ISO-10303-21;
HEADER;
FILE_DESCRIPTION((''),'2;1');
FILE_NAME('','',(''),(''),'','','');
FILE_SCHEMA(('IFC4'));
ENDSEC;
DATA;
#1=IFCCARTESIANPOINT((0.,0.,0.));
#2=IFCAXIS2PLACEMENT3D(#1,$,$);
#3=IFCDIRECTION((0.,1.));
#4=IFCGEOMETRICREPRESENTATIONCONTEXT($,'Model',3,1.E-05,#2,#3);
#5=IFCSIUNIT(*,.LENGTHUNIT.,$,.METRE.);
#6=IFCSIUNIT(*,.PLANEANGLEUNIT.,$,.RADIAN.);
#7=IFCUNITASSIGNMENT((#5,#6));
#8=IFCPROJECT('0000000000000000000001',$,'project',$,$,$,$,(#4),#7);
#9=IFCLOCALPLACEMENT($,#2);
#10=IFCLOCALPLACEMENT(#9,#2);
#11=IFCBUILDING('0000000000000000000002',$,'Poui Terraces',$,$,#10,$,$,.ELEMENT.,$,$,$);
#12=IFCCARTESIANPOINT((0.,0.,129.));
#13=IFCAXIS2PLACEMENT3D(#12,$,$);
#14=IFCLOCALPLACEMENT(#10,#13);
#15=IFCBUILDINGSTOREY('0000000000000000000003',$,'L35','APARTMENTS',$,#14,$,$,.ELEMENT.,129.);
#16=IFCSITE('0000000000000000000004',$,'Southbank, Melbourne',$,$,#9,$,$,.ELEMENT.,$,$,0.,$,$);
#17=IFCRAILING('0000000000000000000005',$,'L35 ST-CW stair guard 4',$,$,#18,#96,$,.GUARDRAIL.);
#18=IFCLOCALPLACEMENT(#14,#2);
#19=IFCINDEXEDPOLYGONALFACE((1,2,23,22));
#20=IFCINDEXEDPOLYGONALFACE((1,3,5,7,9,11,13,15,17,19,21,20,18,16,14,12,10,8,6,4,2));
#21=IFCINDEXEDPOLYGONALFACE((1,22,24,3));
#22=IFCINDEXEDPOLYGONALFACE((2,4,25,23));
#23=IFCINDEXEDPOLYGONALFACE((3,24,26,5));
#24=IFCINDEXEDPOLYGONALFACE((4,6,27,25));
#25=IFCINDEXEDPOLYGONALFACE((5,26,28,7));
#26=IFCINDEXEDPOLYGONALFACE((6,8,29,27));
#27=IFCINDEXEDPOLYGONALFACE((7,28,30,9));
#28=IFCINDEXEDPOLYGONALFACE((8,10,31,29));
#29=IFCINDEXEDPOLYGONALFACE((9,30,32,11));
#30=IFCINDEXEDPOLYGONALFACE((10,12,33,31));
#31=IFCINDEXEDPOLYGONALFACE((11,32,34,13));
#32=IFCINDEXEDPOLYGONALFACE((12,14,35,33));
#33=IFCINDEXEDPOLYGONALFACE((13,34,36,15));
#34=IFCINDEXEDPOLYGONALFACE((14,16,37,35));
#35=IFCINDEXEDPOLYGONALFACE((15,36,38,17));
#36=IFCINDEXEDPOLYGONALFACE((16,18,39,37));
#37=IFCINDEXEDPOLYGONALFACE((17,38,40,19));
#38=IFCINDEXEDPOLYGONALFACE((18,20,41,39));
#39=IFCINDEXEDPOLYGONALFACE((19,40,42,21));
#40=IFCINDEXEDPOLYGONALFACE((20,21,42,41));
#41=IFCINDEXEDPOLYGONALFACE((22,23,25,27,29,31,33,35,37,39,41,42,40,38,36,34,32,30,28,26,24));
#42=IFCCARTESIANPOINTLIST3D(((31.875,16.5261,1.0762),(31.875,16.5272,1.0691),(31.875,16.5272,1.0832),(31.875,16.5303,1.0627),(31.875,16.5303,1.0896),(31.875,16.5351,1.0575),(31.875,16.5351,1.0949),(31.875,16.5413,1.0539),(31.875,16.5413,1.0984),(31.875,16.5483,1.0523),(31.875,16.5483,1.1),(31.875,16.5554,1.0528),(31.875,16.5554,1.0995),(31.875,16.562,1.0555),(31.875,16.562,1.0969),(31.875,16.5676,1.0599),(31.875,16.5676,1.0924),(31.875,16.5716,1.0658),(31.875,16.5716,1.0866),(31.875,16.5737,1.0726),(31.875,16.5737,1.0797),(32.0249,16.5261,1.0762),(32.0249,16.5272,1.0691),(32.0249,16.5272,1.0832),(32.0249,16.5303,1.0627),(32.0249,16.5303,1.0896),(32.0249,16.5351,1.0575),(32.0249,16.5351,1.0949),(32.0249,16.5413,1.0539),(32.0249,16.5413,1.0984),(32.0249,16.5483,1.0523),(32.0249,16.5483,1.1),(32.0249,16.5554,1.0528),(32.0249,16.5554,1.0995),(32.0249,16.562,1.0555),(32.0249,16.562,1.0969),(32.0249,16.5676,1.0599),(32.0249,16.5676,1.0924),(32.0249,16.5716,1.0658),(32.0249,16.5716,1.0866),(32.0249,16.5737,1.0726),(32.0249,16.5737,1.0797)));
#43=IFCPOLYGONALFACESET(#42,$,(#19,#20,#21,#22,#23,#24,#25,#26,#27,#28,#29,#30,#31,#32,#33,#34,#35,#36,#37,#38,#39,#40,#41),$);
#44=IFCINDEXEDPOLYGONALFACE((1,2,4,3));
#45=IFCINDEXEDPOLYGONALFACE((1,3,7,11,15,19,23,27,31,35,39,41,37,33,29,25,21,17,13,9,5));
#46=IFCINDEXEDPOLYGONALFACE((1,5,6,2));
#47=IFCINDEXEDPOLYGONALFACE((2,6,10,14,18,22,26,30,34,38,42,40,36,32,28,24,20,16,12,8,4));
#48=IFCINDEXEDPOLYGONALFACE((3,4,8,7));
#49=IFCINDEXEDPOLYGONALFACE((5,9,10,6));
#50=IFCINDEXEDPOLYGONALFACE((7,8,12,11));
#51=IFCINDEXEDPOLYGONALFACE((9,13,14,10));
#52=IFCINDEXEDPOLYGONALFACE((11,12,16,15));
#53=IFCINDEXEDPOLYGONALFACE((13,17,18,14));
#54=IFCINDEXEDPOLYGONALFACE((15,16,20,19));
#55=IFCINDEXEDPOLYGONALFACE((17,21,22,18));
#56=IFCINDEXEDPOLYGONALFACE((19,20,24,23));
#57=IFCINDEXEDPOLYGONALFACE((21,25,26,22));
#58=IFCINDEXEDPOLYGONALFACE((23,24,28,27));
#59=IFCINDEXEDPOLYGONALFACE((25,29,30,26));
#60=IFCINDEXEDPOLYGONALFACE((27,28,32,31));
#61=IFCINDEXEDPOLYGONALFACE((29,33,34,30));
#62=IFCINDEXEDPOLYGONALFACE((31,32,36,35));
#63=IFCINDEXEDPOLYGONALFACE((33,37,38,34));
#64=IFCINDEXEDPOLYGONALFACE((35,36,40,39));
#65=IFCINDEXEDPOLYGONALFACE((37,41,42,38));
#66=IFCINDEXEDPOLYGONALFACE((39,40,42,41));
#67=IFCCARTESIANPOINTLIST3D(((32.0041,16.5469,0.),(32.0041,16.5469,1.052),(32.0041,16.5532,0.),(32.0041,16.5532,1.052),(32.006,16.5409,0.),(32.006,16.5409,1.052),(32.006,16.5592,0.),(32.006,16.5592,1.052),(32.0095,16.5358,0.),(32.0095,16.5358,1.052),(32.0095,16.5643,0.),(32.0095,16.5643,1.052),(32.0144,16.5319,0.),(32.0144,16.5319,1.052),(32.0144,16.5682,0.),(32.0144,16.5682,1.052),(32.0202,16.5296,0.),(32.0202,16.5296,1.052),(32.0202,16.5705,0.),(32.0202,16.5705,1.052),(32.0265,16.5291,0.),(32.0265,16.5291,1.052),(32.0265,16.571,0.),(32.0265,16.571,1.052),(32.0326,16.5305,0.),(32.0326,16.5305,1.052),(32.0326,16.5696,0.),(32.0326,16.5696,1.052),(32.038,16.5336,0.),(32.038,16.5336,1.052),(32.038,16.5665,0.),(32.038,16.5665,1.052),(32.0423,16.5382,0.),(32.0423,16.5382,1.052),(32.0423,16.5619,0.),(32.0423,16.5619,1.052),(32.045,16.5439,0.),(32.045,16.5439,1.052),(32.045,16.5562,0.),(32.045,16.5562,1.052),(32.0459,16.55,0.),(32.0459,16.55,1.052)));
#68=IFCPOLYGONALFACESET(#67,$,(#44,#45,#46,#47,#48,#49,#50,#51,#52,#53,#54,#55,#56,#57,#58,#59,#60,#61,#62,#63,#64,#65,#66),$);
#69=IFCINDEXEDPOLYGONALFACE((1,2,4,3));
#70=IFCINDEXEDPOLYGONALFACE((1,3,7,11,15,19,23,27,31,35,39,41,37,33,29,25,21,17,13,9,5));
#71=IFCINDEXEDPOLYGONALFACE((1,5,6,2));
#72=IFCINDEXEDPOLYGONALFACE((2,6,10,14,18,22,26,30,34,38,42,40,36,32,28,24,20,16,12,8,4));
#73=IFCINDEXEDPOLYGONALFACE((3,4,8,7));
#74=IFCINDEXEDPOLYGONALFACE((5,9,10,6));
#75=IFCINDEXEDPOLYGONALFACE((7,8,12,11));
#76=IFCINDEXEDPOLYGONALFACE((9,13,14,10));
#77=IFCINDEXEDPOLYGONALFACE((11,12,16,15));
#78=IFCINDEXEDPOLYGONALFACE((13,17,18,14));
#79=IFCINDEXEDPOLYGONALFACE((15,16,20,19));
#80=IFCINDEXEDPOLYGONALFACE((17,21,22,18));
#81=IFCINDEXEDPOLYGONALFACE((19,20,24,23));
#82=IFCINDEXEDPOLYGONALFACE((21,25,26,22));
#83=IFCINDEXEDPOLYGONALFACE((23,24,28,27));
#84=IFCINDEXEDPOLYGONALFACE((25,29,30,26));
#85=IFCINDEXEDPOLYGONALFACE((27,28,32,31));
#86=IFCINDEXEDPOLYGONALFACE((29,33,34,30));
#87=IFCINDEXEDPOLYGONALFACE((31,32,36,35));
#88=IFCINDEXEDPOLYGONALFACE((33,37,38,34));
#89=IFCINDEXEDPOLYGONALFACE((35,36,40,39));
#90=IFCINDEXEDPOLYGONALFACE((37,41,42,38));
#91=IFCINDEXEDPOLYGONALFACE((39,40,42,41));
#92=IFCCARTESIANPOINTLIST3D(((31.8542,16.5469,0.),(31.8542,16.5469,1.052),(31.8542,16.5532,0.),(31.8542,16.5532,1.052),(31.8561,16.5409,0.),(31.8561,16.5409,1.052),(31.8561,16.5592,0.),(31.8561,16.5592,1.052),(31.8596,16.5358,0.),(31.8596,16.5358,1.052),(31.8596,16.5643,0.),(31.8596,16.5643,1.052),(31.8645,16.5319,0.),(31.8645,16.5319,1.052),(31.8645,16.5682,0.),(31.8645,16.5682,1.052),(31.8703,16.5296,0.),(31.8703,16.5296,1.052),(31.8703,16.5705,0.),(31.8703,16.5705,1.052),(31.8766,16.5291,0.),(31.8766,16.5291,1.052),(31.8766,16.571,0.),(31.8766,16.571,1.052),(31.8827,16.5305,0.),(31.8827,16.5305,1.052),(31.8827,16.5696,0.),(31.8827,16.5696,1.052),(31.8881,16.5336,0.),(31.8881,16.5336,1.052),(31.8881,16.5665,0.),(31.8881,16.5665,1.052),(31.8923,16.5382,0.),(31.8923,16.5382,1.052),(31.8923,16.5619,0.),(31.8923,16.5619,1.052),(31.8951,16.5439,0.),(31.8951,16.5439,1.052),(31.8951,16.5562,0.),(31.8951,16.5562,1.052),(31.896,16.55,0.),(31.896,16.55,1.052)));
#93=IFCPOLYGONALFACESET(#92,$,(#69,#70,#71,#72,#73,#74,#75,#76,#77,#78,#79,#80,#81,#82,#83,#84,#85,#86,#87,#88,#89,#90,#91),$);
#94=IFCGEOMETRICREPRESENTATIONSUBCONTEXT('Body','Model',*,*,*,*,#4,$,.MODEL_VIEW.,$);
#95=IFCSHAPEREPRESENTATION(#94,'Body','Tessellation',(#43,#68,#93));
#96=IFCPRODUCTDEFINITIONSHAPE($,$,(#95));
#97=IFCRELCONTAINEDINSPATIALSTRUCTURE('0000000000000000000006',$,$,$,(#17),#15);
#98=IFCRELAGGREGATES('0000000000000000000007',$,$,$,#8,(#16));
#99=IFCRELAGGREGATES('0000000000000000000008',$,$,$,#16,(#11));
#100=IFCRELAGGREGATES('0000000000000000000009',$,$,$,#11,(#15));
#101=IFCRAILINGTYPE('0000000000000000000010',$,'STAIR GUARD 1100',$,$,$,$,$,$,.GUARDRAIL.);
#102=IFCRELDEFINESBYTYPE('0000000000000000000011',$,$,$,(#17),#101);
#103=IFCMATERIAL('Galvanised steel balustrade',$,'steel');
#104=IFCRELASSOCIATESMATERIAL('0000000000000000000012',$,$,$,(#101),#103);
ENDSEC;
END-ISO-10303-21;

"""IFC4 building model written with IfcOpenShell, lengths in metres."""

from ifc_helpers import new_model, si_unit, direction, frame, origin, origin_2d, place, context, subcontext, project, spatial, circle, extrude, material, type_object, element, save


model = new_model("IFC4")

# Units and contexts
model_context = context("Model", 3, precision=1e-05, world=origin(), true_north=direction((0.0, 1.0)))
body_context = subcontext(model_context, "Body", "Model", "MODEL_VIEW")
ifc_project = project(units=[si_unit("LENGTHUNIT", "METRE"), si_unit("PLANEANGLEUNIT", "RADIAN")], contexts=[model_context])

# Site, building, storey
site_placement = place(None, origin())
site = spatial("IfcSite", under=ifc_project, at=site_placement, Name="Southbank, Melbourne", CompositionType="ELEMENT", RefElevation=0.0)
building_placement = place(site_placement, origin())
building = spatial("IfcBuilding", under=site, at=building_placement, Name="Poui Terraces", CompositionType="ELEMENT")
storey_placement = place(building_placement, frame((0.0, 0.0, 129.0)))
storey = spatial("IfcBuildingStorey", under=building, at=storey_placement, Name="L35", Description="APARTMENTS", CompositionType="ELEMENT", Elevation=129.0)

# Railing
ifc_material_1 = material(Name="Galvanised steel balustrade", Category="steel")
railing_type_1 = type_object("IfcRailingType", Name="STAIR GUARD 1100", PredefinedType="GUARDRAIL", material=ifc_material_1)
railing_1_placement = place(storey_placement, frame((32.0249, 16.55, 0.0)))
element("IfcRailing", 1, at=railing_1_placement, inside=storey, type_object=railing_type_1, Name="L35 ST-CW stair guard 4", PredefinedType="GUARDRAIL", context=body_context, shape_type="SweptSolid", body=[
    extrude(circle(Radius=0.0239, at=origin_2d()), frame((0.0, 0.0, 1.0762), z_axis=(-1.0, 0.0, 0.0), x_axis=(0.0, -1.0, 0.0)), (0.0, 0.0, 1.0), 0.1499),
    extrude(circle(Radius=0.021, at=origin_2d()), origin(), (0.0, 0.0, 1.0), 1.052),
    extrude(circle(Radius=0.021, at=origin_2d()), frame((-0.1499, 0.0, 0.0)), (0.0, 0.0, 1.0), 1.052),
])

save(model, "model.ifc")
